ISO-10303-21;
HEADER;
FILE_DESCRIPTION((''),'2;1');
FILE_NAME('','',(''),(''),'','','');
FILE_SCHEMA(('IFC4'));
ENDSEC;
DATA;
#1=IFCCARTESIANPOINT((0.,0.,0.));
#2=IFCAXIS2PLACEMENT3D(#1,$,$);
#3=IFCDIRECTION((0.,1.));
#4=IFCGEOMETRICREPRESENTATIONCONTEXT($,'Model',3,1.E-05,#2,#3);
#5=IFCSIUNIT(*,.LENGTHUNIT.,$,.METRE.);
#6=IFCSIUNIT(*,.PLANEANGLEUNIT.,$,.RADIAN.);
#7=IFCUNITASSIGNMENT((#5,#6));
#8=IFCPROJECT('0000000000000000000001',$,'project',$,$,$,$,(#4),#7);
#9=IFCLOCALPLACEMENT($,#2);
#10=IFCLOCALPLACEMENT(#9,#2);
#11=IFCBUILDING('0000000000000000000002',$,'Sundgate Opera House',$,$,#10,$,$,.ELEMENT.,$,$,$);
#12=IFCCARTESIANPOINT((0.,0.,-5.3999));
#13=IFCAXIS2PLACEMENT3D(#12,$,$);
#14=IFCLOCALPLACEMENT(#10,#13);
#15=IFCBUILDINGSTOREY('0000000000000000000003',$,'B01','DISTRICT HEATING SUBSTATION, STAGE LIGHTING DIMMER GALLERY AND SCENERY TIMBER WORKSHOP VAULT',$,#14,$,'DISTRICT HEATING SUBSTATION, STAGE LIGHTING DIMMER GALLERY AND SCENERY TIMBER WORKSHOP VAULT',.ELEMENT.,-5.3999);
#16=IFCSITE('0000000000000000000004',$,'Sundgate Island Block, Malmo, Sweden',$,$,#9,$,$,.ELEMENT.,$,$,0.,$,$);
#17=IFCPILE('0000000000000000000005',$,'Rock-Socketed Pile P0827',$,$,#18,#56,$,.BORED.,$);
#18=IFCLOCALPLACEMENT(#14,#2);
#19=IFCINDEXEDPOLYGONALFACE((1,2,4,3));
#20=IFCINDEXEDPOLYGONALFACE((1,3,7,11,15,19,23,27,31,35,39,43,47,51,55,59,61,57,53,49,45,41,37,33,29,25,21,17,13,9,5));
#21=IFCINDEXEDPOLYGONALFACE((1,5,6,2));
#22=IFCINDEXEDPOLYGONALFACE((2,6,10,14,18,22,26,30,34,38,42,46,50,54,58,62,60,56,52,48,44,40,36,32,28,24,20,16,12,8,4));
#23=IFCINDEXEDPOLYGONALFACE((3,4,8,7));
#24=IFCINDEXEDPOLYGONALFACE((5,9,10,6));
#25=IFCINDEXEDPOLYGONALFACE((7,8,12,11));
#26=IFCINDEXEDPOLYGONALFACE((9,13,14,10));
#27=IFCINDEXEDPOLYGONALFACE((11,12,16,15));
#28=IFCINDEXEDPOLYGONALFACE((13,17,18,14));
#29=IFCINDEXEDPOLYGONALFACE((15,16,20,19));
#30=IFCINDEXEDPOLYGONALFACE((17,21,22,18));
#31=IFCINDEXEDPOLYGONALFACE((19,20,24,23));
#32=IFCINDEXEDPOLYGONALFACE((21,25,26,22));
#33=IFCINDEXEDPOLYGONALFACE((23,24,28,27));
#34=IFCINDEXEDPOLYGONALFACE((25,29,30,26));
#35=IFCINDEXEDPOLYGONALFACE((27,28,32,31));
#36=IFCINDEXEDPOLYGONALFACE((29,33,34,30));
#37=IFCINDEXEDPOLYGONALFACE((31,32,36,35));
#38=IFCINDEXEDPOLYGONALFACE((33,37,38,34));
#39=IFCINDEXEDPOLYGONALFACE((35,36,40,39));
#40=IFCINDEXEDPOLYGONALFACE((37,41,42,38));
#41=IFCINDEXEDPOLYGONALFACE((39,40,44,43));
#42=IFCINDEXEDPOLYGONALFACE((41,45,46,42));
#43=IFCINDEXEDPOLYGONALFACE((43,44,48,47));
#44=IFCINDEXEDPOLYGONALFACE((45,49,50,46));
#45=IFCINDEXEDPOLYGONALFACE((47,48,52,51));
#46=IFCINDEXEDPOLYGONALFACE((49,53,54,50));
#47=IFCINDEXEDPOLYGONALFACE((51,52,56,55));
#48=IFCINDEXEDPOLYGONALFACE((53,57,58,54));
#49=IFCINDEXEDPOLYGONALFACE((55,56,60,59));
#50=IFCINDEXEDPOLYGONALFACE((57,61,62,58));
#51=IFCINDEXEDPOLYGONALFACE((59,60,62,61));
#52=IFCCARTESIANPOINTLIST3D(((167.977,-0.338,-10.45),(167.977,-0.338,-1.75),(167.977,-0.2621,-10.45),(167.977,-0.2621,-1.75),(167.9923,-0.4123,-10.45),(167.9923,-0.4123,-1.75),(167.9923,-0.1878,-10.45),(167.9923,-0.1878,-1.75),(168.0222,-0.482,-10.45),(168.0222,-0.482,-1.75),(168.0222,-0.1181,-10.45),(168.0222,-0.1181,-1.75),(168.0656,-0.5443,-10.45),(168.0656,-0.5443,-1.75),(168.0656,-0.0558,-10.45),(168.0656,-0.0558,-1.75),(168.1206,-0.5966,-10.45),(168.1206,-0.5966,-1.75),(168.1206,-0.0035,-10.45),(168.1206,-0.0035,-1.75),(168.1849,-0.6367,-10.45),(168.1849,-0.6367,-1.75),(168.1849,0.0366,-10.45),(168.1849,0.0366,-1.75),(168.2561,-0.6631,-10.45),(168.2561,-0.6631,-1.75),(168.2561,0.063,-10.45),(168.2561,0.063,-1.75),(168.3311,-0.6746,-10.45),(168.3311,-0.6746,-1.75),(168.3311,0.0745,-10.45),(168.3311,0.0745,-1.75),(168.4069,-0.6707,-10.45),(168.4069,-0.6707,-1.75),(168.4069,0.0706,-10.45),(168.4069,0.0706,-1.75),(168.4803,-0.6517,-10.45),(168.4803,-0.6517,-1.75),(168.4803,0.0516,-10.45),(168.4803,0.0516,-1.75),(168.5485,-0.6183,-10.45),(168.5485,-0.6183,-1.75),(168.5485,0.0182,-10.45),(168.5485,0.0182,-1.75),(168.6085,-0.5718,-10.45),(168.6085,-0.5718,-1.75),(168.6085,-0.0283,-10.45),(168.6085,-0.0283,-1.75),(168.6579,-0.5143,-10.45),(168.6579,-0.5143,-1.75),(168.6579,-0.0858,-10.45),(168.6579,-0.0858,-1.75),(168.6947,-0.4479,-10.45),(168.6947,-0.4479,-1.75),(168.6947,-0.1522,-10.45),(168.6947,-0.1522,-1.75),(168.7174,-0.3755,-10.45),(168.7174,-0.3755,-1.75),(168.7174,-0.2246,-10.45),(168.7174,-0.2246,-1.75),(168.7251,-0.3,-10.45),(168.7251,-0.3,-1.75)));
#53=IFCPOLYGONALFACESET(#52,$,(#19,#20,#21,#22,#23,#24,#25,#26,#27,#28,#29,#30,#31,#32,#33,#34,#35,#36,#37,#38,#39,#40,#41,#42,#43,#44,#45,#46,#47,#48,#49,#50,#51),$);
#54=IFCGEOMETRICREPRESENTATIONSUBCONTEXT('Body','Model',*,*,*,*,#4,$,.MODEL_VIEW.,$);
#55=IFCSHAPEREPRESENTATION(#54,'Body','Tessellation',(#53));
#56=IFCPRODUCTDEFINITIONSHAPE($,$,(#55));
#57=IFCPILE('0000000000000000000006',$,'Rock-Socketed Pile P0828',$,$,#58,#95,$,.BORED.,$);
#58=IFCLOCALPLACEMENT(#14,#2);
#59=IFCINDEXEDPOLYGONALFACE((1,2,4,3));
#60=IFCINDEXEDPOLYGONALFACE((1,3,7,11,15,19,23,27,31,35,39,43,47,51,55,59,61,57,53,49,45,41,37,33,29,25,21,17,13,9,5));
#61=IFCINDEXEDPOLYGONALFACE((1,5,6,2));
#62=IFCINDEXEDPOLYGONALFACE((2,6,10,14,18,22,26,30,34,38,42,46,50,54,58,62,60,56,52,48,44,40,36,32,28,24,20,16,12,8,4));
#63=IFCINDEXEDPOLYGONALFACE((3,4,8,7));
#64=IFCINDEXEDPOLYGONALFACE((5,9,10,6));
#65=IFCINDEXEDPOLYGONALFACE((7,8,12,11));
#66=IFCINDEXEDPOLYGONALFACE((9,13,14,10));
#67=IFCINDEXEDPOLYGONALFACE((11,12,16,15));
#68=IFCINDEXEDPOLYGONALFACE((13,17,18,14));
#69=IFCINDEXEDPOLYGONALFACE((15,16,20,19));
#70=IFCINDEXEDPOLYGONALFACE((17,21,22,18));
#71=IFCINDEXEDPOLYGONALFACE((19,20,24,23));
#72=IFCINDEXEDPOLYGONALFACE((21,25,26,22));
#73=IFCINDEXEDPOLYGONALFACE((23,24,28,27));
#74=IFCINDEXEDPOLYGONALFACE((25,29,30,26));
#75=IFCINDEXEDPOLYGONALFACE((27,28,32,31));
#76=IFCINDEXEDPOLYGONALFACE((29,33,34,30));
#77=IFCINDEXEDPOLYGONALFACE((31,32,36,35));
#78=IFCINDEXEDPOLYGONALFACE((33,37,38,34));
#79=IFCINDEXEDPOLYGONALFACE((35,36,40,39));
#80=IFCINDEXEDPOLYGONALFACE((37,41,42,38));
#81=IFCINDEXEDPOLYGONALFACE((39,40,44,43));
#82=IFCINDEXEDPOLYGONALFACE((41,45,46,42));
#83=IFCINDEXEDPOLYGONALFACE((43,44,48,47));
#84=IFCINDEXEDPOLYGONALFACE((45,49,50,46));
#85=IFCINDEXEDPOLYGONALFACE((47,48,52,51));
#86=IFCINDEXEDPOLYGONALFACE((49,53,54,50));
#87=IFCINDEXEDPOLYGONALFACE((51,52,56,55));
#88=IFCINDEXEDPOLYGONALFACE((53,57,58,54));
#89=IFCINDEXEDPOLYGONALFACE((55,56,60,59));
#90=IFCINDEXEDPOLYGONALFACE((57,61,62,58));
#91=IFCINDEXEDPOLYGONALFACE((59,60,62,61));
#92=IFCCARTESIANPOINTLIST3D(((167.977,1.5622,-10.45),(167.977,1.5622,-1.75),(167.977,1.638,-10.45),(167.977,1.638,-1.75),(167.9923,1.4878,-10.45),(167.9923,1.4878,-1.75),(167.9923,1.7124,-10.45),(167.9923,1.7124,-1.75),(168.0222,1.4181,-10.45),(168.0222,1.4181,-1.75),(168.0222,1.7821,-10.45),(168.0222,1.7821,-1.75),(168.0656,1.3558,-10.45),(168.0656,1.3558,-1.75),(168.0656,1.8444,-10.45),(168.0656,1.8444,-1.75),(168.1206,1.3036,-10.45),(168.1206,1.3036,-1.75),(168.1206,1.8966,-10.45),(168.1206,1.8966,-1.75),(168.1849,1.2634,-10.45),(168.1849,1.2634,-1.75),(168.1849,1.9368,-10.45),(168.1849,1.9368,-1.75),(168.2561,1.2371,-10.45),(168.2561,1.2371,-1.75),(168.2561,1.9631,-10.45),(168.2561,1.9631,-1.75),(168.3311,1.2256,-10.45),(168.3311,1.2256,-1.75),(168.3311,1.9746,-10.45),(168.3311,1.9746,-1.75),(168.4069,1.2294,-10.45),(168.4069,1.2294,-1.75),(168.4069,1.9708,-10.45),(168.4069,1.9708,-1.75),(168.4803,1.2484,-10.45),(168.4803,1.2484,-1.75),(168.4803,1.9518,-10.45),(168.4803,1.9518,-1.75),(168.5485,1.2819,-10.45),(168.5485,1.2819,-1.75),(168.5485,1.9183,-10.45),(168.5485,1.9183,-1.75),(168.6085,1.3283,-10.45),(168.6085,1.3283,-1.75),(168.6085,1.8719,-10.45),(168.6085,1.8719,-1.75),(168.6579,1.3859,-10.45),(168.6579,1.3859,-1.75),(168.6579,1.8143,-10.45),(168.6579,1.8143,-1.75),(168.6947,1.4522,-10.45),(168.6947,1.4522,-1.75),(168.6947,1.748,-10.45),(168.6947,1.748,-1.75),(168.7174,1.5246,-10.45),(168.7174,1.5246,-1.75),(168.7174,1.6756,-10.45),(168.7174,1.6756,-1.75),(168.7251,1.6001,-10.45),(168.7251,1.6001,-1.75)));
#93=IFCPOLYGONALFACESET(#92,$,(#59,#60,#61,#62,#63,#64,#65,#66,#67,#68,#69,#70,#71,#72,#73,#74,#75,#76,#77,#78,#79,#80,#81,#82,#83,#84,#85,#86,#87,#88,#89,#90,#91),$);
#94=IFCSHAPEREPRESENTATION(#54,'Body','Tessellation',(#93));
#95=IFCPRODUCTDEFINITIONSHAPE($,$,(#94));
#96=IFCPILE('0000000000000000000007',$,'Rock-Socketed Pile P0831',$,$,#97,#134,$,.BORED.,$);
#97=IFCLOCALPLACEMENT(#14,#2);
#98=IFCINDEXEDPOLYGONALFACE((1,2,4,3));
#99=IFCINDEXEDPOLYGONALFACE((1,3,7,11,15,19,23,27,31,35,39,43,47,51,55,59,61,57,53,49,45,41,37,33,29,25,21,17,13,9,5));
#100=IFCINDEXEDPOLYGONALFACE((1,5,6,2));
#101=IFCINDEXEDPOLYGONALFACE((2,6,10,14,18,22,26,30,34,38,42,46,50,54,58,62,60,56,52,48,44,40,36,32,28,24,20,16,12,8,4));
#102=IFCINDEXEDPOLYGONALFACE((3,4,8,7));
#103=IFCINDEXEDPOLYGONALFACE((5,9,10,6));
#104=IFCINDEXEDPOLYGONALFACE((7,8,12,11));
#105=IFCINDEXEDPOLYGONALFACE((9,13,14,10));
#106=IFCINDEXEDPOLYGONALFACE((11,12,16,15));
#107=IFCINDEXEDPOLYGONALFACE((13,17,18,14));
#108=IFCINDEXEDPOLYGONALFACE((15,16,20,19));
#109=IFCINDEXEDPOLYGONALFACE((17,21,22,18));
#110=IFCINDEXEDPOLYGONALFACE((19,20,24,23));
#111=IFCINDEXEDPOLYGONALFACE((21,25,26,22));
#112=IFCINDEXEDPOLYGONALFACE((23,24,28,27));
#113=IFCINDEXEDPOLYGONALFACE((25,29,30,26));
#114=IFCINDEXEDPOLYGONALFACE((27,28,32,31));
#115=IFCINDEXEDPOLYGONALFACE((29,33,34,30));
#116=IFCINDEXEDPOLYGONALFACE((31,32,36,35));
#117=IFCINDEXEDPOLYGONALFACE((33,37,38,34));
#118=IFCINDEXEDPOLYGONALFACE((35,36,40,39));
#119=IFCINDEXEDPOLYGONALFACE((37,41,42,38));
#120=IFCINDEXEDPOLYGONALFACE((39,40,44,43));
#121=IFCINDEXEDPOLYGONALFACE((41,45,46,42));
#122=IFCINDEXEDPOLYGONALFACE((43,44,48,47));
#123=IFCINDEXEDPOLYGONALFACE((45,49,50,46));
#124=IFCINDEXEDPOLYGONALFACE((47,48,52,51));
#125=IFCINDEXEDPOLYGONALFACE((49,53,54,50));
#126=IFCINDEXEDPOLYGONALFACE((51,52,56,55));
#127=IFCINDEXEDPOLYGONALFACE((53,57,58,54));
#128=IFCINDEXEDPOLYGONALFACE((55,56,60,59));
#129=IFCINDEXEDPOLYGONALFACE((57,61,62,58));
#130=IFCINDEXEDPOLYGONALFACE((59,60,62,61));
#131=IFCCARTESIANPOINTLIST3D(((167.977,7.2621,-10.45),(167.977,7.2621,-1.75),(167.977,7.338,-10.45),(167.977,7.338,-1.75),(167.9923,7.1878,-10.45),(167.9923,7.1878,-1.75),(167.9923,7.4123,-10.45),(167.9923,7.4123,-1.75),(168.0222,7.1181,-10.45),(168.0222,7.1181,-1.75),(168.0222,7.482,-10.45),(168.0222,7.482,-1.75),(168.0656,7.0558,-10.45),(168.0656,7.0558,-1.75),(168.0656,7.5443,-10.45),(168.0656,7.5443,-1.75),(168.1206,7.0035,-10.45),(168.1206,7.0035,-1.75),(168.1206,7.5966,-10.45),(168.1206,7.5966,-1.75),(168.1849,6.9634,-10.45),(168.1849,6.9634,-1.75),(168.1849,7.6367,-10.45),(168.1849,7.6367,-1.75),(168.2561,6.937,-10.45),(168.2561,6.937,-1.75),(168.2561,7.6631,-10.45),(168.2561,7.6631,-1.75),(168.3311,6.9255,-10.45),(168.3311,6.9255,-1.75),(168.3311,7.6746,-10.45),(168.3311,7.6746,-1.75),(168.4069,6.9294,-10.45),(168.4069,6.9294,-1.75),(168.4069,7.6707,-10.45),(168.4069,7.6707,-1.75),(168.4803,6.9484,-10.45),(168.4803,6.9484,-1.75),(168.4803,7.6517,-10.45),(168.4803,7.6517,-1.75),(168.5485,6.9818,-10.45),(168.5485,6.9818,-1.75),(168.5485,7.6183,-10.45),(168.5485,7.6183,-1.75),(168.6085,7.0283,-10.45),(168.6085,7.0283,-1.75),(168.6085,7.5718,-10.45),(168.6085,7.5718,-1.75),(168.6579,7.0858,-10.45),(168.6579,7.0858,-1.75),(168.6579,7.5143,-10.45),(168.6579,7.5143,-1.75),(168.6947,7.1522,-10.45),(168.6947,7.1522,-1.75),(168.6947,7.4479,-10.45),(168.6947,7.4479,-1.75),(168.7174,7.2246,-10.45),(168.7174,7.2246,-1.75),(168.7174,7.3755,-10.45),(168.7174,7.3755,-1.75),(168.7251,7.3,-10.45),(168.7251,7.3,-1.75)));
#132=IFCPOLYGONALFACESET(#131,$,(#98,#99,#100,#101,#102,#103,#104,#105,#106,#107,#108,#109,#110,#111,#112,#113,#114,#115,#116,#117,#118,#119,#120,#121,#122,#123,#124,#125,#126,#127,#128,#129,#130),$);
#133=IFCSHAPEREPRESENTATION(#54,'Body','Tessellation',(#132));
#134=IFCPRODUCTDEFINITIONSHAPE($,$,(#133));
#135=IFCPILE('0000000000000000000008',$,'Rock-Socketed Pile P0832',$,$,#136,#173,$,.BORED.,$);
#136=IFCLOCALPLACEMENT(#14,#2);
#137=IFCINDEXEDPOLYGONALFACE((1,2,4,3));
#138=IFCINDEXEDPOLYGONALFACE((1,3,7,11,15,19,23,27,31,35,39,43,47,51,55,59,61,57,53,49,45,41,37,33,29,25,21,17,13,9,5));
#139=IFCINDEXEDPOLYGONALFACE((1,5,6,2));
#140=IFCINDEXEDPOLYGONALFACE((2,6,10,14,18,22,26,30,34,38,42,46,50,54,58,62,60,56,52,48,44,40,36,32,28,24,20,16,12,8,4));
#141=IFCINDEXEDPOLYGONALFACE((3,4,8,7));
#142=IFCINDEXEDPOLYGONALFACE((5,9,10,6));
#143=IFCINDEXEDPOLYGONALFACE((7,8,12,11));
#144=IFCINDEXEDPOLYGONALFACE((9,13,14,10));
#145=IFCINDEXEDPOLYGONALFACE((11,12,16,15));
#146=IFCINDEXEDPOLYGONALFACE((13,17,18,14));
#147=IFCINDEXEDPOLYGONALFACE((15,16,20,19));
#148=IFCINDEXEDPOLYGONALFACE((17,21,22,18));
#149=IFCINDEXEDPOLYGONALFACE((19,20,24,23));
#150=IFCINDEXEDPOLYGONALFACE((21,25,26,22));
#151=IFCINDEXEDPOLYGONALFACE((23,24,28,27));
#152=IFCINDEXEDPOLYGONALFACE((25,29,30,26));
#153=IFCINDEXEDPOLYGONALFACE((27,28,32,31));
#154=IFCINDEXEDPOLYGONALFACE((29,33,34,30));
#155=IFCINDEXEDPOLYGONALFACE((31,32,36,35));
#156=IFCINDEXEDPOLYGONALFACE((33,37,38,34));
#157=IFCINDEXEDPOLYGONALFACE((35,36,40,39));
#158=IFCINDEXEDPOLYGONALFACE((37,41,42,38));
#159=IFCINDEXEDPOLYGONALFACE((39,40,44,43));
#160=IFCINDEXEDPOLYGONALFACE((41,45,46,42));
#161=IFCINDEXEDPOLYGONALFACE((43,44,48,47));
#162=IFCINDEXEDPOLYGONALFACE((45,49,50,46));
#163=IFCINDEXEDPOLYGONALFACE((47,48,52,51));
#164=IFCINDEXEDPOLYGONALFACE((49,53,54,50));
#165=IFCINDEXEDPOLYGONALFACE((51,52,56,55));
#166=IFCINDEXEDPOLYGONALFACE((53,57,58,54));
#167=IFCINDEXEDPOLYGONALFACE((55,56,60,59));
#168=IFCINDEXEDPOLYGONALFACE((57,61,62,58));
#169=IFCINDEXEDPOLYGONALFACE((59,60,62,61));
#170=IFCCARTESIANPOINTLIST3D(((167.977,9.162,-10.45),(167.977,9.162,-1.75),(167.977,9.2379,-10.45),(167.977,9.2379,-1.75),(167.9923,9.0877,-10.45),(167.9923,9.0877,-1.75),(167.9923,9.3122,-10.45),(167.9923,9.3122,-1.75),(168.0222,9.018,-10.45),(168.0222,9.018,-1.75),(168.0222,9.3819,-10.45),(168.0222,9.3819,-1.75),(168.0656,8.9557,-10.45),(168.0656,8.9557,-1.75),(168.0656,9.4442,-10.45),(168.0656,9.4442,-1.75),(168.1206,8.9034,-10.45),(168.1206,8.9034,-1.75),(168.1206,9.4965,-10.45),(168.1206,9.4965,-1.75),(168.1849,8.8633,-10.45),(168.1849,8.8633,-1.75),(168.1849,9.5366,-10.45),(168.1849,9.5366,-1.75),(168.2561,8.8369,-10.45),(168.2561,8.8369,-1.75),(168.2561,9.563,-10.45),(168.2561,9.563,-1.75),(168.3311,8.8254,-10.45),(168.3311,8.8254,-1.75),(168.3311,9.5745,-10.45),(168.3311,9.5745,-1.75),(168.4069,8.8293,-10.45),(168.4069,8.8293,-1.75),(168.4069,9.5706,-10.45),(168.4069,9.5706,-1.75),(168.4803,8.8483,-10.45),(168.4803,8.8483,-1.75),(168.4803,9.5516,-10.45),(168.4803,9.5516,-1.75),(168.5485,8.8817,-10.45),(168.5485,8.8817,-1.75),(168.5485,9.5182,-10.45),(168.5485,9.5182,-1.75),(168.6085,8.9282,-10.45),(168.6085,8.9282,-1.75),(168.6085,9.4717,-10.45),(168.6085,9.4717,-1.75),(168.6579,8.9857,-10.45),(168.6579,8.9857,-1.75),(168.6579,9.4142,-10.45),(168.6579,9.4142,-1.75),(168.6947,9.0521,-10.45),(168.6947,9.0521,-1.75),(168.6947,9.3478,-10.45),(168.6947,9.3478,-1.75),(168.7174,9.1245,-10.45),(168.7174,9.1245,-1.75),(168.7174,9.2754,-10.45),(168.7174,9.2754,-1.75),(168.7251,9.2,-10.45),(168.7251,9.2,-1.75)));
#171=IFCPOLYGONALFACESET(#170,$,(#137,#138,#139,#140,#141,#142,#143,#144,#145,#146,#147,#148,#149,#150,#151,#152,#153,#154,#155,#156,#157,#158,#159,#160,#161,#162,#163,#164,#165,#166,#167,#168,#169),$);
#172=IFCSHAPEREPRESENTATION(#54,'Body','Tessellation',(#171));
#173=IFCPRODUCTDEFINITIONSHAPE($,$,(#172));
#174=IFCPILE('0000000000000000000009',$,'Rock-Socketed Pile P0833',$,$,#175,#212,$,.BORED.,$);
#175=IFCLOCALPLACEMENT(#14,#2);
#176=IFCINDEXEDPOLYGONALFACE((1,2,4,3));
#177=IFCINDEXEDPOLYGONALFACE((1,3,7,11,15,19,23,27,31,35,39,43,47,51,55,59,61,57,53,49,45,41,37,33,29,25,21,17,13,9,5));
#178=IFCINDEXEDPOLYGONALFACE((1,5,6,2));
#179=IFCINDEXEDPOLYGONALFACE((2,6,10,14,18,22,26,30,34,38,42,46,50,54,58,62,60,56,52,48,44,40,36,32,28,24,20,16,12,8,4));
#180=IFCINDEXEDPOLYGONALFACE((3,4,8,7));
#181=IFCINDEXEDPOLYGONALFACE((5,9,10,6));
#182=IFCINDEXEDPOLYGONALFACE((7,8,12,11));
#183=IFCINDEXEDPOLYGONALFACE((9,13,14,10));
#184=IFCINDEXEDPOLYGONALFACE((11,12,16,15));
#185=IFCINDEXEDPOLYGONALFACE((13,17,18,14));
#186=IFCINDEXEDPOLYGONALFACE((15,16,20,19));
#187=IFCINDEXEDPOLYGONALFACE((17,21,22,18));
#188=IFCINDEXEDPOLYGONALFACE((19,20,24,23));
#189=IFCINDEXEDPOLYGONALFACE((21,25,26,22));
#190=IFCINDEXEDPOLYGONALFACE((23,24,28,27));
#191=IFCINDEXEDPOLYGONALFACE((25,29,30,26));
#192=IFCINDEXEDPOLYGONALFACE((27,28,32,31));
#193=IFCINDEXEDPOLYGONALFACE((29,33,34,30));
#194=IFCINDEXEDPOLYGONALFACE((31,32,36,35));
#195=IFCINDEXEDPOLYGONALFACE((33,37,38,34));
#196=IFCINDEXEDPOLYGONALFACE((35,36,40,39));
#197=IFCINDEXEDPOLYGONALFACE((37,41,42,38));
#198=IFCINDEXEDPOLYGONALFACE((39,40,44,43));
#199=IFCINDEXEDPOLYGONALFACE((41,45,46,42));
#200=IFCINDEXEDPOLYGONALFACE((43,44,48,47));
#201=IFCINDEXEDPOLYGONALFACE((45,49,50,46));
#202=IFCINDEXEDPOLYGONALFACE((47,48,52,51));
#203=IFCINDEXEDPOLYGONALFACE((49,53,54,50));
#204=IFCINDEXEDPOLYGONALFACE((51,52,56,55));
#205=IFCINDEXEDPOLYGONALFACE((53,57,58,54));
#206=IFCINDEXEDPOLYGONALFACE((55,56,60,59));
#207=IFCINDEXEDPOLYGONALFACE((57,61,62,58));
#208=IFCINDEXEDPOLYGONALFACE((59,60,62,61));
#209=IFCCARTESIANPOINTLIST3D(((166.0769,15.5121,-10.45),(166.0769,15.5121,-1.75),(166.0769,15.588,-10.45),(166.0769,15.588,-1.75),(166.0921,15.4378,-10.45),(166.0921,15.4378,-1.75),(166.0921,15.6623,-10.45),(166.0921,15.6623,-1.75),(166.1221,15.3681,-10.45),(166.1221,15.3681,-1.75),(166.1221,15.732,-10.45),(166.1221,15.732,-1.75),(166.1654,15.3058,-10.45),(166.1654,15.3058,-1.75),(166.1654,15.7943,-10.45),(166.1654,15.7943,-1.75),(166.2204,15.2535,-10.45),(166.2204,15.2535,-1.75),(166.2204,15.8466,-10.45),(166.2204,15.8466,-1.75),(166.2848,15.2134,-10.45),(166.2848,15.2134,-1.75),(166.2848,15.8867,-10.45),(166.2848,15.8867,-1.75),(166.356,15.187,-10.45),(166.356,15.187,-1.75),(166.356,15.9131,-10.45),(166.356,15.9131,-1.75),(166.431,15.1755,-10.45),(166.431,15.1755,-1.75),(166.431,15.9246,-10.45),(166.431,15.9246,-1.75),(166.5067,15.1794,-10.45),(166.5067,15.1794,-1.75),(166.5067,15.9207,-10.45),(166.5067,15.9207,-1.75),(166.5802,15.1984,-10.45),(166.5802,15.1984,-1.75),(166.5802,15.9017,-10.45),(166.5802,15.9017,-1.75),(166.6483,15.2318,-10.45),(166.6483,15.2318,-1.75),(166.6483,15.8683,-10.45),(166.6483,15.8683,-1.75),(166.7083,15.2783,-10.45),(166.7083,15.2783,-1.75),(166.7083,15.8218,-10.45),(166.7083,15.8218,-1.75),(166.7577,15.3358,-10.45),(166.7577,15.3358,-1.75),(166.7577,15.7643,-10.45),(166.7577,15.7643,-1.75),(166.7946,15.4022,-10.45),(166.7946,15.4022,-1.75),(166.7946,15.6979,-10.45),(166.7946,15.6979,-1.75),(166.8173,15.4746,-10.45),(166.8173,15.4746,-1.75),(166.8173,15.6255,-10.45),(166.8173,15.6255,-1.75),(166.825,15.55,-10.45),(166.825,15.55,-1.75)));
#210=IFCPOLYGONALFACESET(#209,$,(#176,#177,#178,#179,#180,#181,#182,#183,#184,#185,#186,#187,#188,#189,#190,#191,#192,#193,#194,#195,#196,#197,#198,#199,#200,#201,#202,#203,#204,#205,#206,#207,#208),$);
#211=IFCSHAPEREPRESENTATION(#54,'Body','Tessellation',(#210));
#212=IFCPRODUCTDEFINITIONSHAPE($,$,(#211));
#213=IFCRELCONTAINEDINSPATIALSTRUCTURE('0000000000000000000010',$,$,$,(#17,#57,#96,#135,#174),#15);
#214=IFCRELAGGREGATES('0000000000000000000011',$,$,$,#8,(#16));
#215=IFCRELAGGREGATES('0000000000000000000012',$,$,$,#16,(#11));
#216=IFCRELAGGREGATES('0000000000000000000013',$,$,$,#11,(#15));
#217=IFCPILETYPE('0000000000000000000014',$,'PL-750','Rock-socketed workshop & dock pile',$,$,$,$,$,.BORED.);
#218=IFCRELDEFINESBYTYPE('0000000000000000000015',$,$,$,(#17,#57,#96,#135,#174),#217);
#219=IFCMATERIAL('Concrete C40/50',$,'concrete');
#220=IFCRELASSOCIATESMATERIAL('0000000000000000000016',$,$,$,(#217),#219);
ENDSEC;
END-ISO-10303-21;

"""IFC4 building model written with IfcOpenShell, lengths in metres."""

from ifc_helpers import new_model, si_unit, direction, frame, origin, origin_2d, place, context, subcontext, project, spatial, circle, extrude, material, material_profile, profile_set, type_object, element, save


model = new_model("IFC4")

# Units and contexts
model_context = context("Model", 3, precision=1e-05, world=origin(), true_north=direction((0.0, 1.0)))
body_context = subcontext(model_context, "Body", "Model", "MODEL_VIEW")
ifc_project = project(units=[si_unit("LENGTHUNIT", "METRE"), si_unit("PLANEANGLEUNIT", "RADIAN")], contexts=[model_context])

# Site, building, storey
site_placement = place(None, origin())
site = spatial("IfcSite", under=ifc_project, at=site_placement, Name="Sundgate Island Block, Malmo, Sweden", CompositionType="ELEMENT", RefElevation=0.0)
building_placement = place(site_placement, origin())
building = spatial("IfcBuilding", under=site, at=building_placement, Name="Sundgate Opera House", CompositionType="ELEMENT")
storey_placement = place(building_placement, frame((0.0, 0.0, -5.3999)))
storey = spatial("IfcBuildingStorey", under=building, at=storey_placement, Name="B01", Description="DISTRICT HEATING SUBSTATION, STAGE LIGHTING DIMMER GALLERY AND SCENERY TIMBER WORKSHOP VAULT", LongName="DISTRICT HEATING SUBSTATION, STAGE LIGHTING DIMMER GALLERY AND SCENERY TIMBER WORKSHOP VAULT", CompositionType="ELEMENT", Elevation=-5.3999)

# Piles
ifc_material_1 = material(Name="Concrete C40/50", Category="concrete")
ifc_material_profile_1 = material_profile(ifc_material_1, circle(Radius=0.375, at=origin_2d()), Name="PILE D750")
ifc_profile_set_1 = profile_set([ifc_material_profile_1], Name="Concrete C40/50")
pile_type = type_object("IfcPileType", Name="PL-750", Description="Rock-socketed workshop & dock pile", PredefinedType="BORED", material=ifc_profile_set_1)
for number, where, z_axis, x_axis, name in (
    (1, (168.3501, -0.3, -1.75), (0.0, 0.0, -1.0), (1.0, 0.0, 0.0), "Rock-Socketed Pile P0827"),
    (2, (168.3501, 1.6001, -1.75), (0.0, 0.0, -1.0), (1.0, 0.0, 0.0), "Rock-Socketed Pile P0828"),
    (3, (168.3501, 7.3, -1.75), (0.0, 0.0, -1.0), (1.0, 0.0, 0.0), "Rock-Socketed Pile P0831"),
    (4, (168.3501, 9.2, -1.75), (0.0, 0.0, -1.0), (1.0, 0.0, 0.0), "Rock-Socketed Pile P0832"),
    (5, (166.45, 15.55, -1.75), (0.0, 0.0, -1.0), (1.0, 0.0, 0.0), "Rock-Socketed Pile P0833"),
):
    element("IfcPile", number, at=place(storey_placement, frame(where, z_axis=z_axis, x_axis=x_axis)), inside=storey, type_object=pile_type, Name=name, PredefinedType="BORED", context=body_context, shape_type="SweptSolid", body=[
        extrude(circle(Radius=0.375, at=origin_2d()), origin(), (0.0, 0.0, 1.0), 8.7),
    ])

save(model, "model.ifc")
